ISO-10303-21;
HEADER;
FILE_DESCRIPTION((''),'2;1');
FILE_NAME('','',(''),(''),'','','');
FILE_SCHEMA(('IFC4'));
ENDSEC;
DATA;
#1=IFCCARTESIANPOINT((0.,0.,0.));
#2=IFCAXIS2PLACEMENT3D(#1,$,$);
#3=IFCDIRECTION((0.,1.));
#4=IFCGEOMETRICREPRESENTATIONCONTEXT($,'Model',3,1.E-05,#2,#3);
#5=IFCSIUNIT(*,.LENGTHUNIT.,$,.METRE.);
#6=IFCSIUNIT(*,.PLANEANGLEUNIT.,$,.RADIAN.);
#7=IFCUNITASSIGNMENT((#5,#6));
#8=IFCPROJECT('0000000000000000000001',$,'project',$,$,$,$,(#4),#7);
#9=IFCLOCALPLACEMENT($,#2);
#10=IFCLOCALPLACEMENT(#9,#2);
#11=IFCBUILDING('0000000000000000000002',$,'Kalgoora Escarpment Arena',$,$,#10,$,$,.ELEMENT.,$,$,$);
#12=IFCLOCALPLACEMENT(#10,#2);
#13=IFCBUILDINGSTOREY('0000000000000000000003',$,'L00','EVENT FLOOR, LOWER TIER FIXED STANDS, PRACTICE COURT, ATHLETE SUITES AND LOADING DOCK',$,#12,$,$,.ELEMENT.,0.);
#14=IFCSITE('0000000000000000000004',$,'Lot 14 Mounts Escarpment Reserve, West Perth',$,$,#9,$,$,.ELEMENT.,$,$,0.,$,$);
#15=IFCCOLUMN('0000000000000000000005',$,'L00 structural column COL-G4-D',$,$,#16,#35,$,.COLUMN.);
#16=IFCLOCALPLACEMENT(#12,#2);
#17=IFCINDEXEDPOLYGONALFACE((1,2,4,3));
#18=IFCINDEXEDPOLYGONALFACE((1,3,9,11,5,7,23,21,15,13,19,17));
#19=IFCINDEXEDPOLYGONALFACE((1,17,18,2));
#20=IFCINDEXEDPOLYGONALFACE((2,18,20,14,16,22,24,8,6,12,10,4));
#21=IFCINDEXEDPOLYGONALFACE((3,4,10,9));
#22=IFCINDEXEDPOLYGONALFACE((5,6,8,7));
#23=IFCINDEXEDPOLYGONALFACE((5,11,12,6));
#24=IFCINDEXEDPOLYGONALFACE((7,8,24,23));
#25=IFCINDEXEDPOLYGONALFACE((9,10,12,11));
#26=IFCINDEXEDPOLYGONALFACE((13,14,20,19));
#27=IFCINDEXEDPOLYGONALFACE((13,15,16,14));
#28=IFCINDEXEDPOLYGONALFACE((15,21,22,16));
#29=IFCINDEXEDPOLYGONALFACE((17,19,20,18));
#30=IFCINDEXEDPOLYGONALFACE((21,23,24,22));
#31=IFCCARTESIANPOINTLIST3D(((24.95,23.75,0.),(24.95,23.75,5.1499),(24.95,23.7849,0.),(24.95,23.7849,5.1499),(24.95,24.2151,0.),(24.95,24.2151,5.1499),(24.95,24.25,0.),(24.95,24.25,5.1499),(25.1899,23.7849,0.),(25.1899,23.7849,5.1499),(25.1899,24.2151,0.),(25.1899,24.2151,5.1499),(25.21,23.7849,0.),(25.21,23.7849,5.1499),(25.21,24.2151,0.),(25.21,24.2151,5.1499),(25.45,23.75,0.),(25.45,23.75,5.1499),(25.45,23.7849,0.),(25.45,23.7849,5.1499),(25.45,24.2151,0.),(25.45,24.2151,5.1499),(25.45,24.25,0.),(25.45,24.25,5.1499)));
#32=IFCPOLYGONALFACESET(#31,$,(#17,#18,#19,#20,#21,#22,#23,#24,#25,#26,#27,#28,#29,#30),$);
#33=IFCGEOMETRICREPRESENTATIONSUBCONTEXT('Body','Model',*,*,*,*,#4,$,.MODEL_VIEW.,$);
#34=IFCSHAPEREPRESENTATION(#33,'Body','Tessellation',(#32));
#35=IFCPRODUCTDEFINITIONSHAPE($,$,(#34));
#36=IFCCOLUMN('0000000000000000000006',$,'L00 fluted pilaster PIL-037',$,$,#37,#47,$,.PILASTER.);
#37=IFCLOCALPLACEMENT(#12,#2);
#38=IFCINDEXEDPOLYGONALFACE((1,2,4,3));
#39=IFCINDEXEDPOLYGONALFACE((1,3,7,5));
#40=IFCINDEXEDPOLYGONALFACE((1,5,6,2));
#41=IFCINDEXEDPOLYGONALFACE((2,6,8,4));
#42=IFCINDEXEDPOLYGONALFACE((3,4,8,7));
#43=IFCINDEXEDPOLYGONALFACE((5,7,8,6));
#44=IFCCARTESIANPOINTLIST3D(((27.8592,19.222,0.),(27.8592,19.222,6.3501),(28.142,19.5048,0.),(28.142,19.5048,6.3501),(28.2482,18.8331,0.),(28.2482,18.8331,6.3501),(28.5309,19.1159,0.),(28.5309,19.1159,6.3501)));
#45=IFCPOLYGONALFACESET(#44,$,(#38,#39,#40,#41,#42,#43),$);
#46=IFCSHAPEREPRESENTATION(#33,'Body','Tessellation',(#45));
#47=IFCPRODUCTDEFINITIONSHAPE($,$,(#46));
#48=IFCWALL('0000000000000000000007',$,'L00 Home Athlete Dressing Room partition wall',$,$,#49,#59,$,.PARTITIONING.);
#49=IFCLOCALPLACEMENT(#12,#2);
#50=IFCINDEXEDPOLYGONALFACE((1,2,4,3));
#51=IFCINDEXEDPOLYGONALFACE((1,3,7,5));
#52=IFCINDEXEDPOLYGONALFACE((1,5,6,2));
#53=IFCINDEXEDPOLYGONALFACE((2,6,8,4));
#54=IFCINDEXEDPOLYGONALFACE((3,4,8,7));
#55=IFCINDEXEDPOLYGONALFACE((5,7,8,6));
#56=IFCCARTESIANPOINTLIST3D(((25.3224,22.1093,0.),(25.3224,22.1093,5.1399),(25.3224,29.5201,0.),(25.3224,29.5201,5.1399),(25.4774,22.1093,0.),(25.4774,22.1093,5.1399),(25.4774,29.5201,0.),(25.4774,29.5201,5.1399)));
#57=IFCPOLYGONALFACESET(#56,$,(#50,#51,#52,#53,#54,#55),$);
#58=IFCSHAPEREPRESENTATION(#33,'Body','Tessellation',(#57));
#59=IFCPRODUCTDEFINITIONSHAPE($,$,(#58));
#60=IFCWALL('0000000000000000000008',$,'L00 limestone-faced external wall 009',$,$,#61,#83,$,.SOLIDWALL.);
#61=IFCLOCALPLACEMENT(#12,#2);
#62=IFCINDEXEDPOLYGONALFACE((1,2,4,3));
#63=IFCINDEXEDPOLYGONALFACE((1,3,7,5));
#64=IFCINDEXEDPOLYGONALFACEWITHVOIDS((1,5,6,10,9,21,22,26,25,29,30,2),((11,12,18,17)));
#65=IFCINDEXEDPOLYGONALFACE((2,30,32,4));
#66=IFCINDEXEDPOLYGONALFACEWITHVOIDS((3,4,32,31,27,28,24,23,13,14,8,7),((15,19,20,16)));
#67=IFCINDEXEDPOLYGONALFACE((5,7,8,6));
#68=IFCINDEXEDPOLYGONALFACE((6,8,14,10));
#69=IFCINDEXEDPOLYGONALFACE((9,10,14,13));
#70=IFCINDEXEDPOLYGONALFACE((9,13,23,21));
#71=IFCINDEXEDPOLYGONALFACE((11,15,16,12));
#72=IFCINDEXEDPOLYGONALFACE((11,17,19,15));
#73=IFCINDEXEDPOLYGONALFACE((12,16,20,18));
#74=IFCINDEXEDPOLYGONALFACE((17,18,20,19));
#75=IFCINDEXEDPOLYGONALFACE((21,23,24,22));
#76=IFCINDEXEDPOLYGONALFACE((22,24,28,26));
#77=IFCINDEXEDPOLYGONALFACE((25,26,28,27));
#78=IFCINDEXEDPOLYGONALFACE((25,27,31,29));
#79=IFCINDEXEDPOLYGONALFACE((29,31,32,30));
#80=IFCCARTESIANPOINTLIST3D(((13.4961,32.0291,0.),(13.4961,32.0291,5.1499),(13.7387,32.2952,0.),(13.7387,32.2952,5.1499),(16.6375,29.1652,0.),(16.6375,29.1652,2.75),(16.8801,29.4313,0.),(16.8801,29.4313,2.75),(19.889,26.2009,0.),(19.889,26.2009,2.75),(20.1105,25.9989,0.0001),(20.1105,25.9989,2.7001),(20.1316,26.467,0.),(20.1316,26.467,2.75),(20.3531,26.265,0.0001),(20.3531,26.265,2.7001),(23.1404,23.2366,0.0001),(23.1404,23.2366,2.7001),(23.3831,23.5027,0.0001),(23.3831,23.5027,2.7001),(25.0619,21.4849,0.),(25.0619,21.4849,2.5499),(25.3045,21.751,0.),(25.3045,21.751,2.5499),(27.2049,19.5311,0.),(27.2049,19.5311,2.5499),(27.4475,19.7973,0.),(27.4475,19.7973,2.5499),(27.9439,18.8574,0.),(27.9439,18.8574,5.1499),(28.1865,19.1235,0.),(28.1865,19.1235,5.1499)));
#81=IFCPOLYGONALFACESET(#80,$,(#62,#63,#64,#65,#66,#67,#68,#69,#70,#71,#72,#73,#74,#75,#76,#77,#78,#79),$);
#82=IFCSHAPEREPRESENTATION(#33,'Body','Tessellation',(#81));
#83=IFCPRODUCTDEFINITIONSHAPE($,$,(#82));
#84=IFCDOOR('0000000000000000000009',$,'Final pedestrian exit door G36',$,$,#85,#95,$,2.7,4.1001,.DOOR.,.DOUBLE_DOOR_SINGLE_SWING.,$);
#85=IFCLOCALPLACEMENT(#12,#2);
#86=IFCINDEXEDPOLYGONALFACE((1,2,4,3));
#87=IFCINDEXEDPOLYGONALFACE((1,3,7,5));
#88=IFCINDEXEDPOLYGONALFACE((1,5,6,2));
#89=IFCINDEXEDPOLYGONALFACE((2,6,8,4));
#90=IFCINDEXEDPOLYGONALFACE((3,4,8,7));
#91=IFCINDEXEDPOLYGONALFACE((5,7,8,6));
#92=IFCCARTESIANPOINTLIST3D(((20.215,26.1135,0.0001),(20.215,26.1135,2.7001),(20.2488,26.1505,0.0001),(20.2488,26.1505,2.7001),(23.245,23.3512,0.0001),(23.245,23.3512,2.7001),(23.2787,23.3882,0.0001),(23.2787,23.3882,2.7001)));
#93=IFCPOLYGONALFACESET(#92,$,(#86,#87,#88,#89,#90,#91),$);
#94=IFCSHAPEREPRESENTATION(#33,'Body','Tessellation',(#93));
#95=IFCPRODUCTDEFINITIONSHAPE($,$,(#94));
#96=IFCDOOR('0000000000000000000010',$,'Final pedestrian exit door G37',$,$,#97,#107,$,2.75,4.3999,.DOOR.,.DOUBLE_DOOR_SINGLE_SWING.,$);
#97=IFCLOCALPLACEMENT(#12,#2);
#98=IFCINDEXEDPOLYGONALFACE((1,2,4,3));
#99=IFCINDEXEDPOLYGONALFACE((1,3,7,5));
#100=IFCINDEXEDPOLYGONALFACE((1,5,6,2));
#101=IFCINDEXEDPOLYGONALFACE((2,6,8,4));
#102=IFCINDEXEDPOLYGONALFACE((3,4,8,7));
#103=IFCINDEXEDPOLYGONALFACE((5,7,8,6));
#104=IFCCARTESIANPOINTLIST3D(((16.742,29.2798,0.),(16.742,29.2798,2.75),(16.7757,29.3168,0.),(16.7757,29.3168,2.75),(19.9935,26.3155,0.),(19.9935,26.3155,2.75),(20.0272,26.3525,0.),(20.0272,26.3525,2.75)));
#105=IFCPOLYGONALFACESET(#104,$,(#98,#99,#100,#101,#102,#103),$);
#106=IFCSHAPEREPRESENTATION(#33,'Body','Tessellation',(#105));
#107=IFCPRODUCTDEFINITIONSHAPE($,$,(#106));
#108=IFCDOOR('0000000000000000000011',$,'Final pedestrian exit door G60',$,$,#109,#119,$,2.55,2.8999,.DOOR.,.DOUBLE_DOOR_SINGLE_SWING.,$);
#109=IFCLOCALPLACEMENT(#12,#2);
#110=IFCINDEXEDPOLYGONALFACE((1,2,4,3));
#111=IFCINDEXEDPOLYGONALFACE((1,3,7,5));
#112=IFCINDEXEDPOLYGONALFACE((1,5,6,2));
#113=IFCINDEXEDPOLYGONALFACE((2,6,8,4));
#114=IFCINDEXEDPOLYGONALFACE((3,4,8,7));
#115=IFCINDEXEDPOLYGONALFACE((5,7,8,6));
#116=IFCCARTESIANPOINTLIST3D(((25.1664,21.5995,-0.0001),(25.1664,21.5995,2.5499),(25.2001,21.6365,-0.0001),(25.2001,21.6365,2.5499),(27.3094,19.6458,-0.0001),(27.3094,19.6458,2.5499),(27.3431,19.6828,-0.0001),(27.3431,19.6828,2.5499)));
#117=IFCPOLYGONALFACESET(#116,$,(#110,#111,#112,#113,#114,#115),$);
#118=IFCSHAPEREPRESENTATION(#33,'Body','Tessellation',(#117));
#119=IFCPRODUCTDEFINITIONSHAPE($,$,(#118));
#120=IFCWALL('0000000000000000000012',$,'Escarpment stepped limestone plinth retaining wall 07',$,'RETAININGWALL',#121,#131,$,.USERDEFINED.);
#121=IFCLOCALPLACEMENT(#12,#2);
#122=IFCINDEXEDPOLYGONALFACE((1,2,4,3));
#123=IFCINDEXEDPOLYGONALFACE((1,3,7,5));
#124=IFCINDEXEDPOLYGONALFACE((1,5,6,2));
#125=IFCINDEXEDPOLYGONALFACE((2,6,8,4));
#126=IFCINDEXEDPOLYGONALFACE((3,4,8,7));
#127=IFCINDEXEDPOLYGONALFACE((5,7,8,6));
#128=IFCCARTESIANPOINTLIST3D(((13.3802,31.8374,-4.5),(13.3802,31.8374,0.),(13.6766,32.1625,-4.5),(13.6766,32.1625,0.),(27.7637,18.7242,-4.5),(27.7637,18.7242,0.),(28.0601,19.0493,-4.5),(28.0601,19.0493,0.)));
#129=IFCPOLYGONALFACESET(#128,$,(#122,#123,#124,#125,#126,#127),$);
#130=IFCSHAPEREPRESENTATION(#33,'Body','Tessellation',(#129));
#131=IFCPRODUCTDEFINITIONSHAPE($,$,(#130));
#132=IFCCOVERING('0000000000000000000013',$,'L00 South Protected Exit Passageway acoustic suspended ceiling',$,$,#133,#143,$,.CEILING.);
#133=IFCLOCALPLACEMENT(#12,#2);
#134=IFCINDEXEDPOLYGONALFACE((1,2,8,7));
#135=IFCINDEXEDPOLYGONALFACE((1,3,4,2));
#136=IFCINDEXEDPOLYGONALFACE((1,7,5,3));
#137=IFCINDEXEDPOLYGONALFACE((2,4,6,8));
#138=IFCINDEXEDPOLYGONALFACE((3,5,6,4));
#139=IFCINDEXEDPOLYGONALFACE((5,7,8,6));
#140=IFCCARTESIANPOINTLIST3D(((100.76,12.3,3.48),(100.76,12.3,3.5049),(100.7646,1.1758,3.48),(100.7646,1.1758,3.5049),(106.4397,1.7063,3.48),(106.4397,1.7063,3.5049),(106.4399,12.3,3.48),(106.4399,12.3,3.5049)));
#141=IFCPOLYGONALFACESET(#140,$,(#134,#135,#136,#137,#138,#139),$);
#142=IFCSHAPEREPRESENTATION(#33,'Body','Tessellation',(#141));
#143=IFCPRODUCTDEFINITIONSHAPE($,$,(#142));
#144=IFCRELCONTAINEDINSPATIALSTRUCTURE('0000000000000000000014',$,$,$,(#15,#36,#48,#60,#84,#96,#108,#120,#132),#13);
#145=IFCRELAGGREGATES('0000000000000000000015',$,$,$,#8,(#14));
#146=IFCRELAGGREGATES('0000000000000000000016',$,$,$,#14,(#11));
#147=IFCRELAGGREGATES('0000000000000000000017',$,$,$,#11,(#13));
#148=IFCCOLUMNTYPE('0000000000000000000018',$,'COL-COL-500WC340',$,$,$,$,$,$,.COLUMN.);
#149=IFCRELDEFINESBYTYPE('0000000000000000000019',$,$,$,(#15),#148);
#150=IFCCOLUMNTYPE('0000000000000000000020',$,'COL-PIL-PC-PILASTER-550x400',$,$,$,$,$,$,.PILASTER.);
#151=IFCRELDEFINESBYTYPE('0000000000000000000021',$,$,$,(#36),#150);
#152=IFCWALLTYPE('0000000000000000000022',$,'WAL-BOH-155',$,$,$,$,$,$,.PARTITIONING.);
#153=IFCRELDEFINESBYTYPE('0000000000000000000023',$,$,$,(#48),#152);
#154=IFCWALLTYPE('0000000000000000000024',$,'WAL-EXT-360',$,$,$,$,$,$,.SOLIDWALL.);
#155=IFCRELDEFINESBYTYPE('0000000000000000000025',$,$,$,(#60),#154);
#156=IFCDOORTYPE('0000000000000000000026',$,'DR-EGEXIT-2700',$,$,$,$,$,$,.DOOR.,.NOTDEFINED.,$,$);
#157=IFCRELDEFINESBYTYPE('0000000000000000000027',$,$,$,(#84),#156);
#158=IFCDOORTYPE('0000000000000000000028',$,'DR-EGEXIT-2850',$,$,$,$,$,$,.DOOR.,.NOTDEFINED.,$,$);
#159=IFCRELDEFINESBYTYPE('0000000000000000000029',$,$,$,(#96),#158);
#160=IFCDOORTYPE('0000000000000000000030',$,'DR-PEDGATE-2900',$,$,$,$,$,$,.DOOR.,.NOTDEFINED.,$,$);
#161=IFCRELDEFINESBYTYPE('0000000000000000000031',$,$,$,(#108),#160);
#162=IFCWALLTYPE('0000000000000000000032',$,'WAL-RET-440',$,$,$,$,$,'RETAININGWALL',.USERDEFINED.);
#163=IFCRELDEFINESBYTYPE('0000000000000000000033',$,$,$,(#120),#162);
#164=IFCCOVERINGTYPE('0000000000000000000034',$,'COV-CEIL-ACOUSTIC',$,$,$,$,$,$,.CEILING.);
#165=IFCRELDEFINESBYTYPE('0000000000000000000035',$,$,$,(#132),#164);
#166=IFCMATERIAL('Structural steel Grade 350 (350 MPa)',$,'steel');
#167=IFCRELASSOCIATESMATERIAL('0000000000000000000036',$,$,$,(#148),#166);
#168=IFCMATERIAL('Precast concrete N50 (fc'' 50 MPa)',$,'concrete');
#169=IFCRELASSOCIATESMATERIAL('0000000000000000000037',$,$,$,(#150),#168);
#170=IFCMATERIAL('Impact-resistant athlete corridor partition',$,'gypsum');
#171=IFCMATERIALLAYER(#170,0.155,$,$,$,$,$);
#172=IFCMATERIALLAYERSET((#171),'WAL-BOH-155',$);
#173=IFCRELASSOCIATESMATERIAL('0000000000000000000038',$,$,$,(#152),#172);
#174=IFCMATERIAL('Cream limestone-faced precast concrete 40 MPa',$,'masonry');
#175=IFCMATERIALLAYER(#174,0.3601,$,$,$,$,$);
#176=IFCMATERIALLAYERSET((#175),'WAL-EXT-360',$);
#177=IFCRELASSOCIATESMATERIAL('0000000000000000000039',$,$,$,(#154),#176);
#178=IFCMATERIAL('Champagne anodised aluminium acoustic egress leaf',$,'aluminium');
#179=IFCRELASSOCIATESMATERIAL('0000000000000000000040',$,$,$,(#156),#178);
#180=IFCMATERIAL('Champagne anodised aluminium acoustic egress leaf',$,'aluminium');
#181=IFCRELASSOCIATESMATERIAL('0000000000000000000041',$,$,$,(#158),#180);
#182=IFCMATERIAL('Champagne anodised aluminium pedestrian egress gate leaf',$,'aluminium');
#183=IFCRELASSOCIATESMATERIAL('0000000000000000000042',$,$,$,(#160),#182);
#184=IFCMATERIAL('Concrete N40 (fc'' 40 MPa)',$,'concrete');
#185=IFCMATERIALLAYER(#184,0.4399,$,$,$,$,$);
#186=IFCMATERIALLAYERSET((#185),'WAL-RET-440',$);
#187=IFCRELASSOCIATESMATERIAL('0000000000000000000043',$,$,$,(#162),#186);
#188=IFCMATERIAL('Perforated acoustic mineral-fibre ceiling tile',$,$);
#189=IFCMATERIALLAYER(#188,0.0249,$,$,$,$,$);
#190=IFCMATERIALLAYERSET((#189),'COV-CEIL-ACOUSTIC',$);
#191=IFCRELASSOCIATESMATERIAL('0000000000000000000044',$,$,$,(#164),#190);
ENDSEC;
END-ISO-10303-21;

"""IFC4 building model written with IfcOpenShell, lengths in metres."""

from ifc_helpers import new_model, si_unit, direction, frame, frame_2d, origin, origin_2d, place, context, subcontext, project, spatial, polyline, rectangle, i_section, outline, extrude, material, layer, layer_set, material_profile, profile_set, type_object, element, fill, save


model = new_model("IFC4")

# Units and contexts
model_context = context("Model", 3, precision=1e-05, world=origin(), true_north=direction((0.0, 1.0)))
body_context = subcontext(model_context, "Body", "Model", "MODEL_VIEW")
ifc_project = project(units=[si_unit("LENGTHUNIT", "METRE"), si_unit("PLANEANGLEUNIT", "RADIAN")], contexts=[model_context])

# Site, building, storey
site_placement = place(None, origin())
site = spatial("IfcSite", under=ifc_project, at=site_placement, Name="Lot 14 Mounts Escarpment Reserve, West Perth", CompositionType="ELEMENT", RefElevation=0.0)
building_placement = place(site_placement, origin())
building = spatial("IfcBuilding", under=site, at=building_placement, Name="Kalgoora Escarpment Arena", CompositionType="ELEMENT")
storey_placement = place(building_placement, origin())
storey = spatial("IfcBuildingStorey", under=building, at=storey_placement, Name="L00", Description="EVENT FLOOR, LOWER TIER FIXED STANDS, PRACTICE COURT, ATHLETE SUITES AND LOADING DOCK", CompositionType="ELEMENT", Elevation=0.0)

# Columns
ifc_material_1 = material(Name="Structural steel Grade 350 (350 MPa)", Category="steel")
ifc_material_profile_1 = material_profile(ifc_material_1, i_section(OverallWidth=0.5, OverallDepth=0.5, WebThickness=0.02, FlangeThickness=0.0349, at=origin_2d()))
ifc_profile_set_1 = profile_set([ifc_material_profile_1], Name="Structural steel Grade 350 (350 MPa)")
column_type_1 = type_object("IfcColumnType", Name="COL-COL-500WC340", PredefinedType="COLUMN", material=ifc_profile_set_1)
column_1_placement = place(storey_placement, frame((25.2, 24.0, 0.0), z_axis=(0.0, 0.0, 1.0), x_axis=(1.0, 0.0, 0.0)))
element("IfcColumn", 1, at=column_1_placement, inside=storey, type_object=column_type_1, Name="L00 structural column COL-G4-D", PredefinedType="COLUMN", context=body_context, shape_type="SweptSolid", body=[
    extrude(i_section(OverallWidth=0.5, OverallDepth=0.5, WebThickness=0.02, FlangeThickness=0.0349, at=origin_2d()), origin(), (0.0, 0.0, 1.0), 5.1499),
])
ifc_material_2 = material(Name="Precast concrete N50 (fc' 50 MPa)", Category="concrete")
ifc_material_profile_2 = material_profile(ifc_material_2, rectangle(XDim=0.3999, YDim=0.55, at=origin_2d()))
ifc_profile_set_2 = profile_set([ifc_material_profile_2], Name="Precast concrete N50 (fc' 50 MPa)")
column_type_2 = type_object("IfcColumnType", Name="COL-PIL-PC-PILASTER-550x400", PredefinedType="PILASTER", material=ifc_profile_set_2)
column_2_placement = place(storey_placement, frame((28.1951, 19.1689, 0.0), z_axis=(0.0, 0.0, 1.0), x_axis=(-0.707107, -0.707107, 0.0)))
element("IfcColumn", 2, at=column_2_placement, inside=storey, type_object=column_type_2, Name="L00 fluted pilaster PIL-037", PredefinedType="PILASTER", context=body_context, shape_type="SweptSolid", body=[
    extrude(rectangle(XDim=0.3999, YDim=0.55, at=origin_2d()), origin(), (0.0, 0.0, 1.0), 6.3501),
])

# Wall
ifc_material_3 = material(Name="Impact-resistant athlete corridor partition", Category="gypsum")
ifc_layer_1 = layer(ifc_material_3, 0.155)
ifc_layer_set_1 = layer_set([ifc_layer_1], Name="WAL-BOH-155")
wall_type_1 = type_object("IfcWallType", Name="WAL-BOH-155", PredefinedType="PARTITIONING", material=ifc_layer_set_1)
wall_1_placement = place(storey_placement, frame((25.3999, 22.1091, 0.0), z_axis=(0.0, 0.0, 1.0), x_axis=(0.0, 1.0, 0.0)))
element("IfcWall", 3, at=wall_1_placement, inside=storey, type_object=wall_type_1, Name="L00 Home Athlete Dressing Room partition wall", PredefinedType="PARTITIONING", context=body_context, shape_type="SweptSolid", body=[
    extrude(rectangle(XDim=7.4109, YDim=0.155, at=frame_2d((3.7056, 0.0))), origin(), (0.0, 0.0, 1.0), 5.1399),
])

# Wall, openings, doors
ifc_material_4 = material(Name="Cream limestone-faced precast concrete 40 MPa", Category="masonry")
ifc_layer_2 = layer(ifc_material_4, 0.3601)
ifc_layer_set_2 = layer_set([ifc_layer_2], Name="WAL-EXT-360")
wall_type_2 = type_object("IfcWallType", Name="WAL-EXT-360", PredefinedType="SOLIDWALL", material=ifc_layer_set_2)
wall_2_placement = place(storey_placement, frame((28.0652, 18.9905, 0.0), z_axis=(0.0, 0.0, 1.0), x_axis=(-0.738989, 0.673717, 0.0)))
wall_2 = element("IfcWall", 4, at=wall_2_placement, inside=storey, type_object=wall_type_2, Name="L00 limestone-faced external wall 009", PredefinedType="SOLIDWALL", context=body_context, shape_type="SweptSolid", body=[
    extrude(rectangle(XDim=19.5508, YDim=0.3601, at=frame_2d((9.7754, 0.0))), origin(), (0.0, 0.0, 1.0), 5.1499),
])
opening_1_placement = place(wall_2_placement, frame((6.5, 0.0, 0.0)))
opening_1 = element("IfcOpeningElement", 5, at=opening_1_placement, cuts=wall_2, PredefinedType="OPENING", context=body_context, shape_type="SweptSolid", body=[
    extrude(rectangle(XDim=4.1001, YDim=2.7, at=frame_2d((2.05, 1.3501))), frame((0.0, 0.1899, 0.0), z_axis=(0.0, -1.0, 0.0), x_axis=(1.0, 0.0, 0.0)), (0.0, 0.0, 1.0), 0.3801),
])
opening_2_placement = place(wall_2_placement, frame((10.8999, 0.0, 0.0)))
opening_2 = element("IfcOpeningElement", 6, at=opening_2_placement, cuts=wall_2, PredefinedType="OPENING", context=body_context, shape_type="SweptSolid", body=[
    extrude(rectangle(XDim=4.3999, YDim=2.75, at=frame_2d((2.2, 1.375))), frame((0.0, 0.1899, 0.0), z_axis=(0.0, -1.0, 0.0), x_axis=(1.0, 0.0, 0.0)), (0.0, 0.0, 1.0), 0.3801),
])
opening_3_placement = place(wall_2_placement, frame((1.0, 0.0, 0.0)))
opening_3 = element("IfcOpeningElement", 7, at=opening_3_placement, cuts=wall_2, PredefinedType="OPENING", context=body_context, shape_type="SweptSolid", body=[
    extrude(rectangle(XDim=2.8999, YDim=2.55, at=frame_2d((1.45, 1.2749))), frame((0.0, 0.1899, 0.0), z_axis=(0.0, -1.0, 0.0), x_axis=(1.0, 0.0, 0.0)), (0.0, 0.0, 1.0), 0.3801),
])
ifc_material_5 = material(Name="Champagne anodised aluminium acoustic egress leaf", Category="aluminium")
door_type_1 = type_object("IfcDoorType", Name="DR-EGEXIT-2700", OperationType="NOTDEFINED", PredefinedType="DOOR", material=ifc_material_5)
door_1_placement = place(opening_1_placement, origin())
door_1 = element("IfcDoor", 8, at=door_1_placement, inside=storey, type_object=door_type_1, Name="Final pedestrian exit door G36", OperationType="DOUBLE_DOOR_SINGLE_SWING", OverallHeight=2.7, OverallWidth=4.1001, PredefinedType="DOOR", context=body_context, shape_type="SweptSolid", body=[
    extrude(rectangle(XDim=4.1001, YDim=2.7, at=frame_2d((2.05, 1.3501))), frame((0.0, 0.0249, 0.0), z_axis=(0.0, -1.0, 0.0), x_axis=(1.0, 0.0, 0.0)), (0.0, 0.0, 1.0), 0.05),
])
fill(opening_1, door_1)
ifc_material_6 = material(Name="Champagne anodised aluminium acoustic egress leaf", Category="aluminium")
door_type_2 = type_object("IfcDoorType", Name="DR-EGEXIT-2850", OperationType="NOTDEFINED", PredefinedType="DOOR", material=ifc_material_6)
door_2_placement = place(opening_2_placement, origin())
door_2 = element("IfcDoor", 9, at=door_2_placement, inside=storey, type_object=door_type_2, Name="Final pedestrian exit door G37", OperationType="DOUBLE_DOOR_SINGLE_SWING", OverallHeight=2.75, OverallWidth=4.3999, PredefinedType="DOOR", context=body_context, shape_type="SweptSolid", body=[
    extrude(rectangle(XDim=4.3999, YDim=2.75, at=frame_2d((2.2, 1.375))), frame((0.0, 0.0249, 0.0), z_axis=(0.0, -1.0, 0.0), x_axis=(1.0, 0.0, 0.0)), (0.0, 0.0, 1.0), 0.05),
])
fill(opening_2, door_2)
ifc_material_7 = material(Name="Champagne anodised aluminium pedestrian egress gate leaf", Category="aluminium")
door_type_3 = type_object("IfcDoorType", Name="DR-PEDGATE-2900", OperationType="NOTDEFINED", PredefinedType="DOOR", material=ifc_material_7)
door_3_placement = place(opening_3_placement, origin())
door_3 = element("IfcDoor", 10, at=door_3_placement, inside=storey, type_object=door_type_3, Name="Final pedestrian exit door G60", OperationType="DOUBLE_DOOR_SINGLE_SWING", OverallHeight=2.55, OverallWidth=2.8999, PredefinedType="DOOR", context=body_context, shape_type="SweptSolid", body=[
    extrude(rectangle(XDim=2.8999, YDim=2.55, at=frame_2d((1.45, 1.2749))), frame((0.0, 0.0249, 0.0), z_axis=(0.0, -1.0, 0.0), x_axis=(1.0, 0.0, 0.0)), (0.0, 0.0, 1.0), 0.05),
])
fill(opening_3, door_3)

# Wall
ifc_material_8 = material(Name="Concrete N40 (fc' 40 MPa)", Category="concrete")
ifc_layer_3 = layer(ifc_material_8, 0.4399)
ifc_layer_set_3 = layer_set([ifc_layer_3], Name="WAL-RET-440")
wall_type_3 = type_object("IfcWallType", Name="WAL-RET-440", ElementType="RETAININGWALL", PredefinedType="USERDEFINED", material=ifc_layer_set_3)
wall_3_placement = place(storey_placement, frame((27.9119, 18.8867, -4.5), z_axis=(0.0, 0.0, 1.0), x_axis=(-0.738985, 0.673722, 0.0)))
element("IfcWall", 11, at=wall_3_placement, inside=storey, type_object=wall_type_3, Name="Escarpment stepped limestone plinth retaining wall 07", ObjectType="RETAININGWALL", PredefinedType="USERDEFINED", context=body_context, shape_type="SweptSolid", body=[
    extrude(rectangle(XDim=19.4639, YDim=0.4399, at=frame_2d((9.7319, 0.0))), origin(), (0.0, 0.0, 1.0), 4.5),
])

# Covering
ifc_material_9 = material(Name="Perforated acoustic mineral-fibre ceiling tile")
ifc_layer_4 = layer(ifc_material_9, 0.0249)
ifc_layer_set_4 = layer_set([ifc_layer_4], Name="COV-CEIL-ACOUSTIC")
covering_type_1 = type_object("IfcCoveringType", Name="COV-CEIL-ACOUSTIC", PredefinedType="CEILING", material=ifc_layer_set_4)
covering_1_placement = place(storey_placement, frame((0.0, 0.0, 3.48)))
element("IfcCovering", 12, at=covering_1_placement, inside=storey, type_object=covering_type_1, Name="L00 South Protected Exit Passageway acoustic suspended ceiling", PredefinedType="CEILING", context=body_context, shape_type="SweptSolid", body=[
    extrude(outline(polyline([(106.4397, 1.7063), (100.7646, 1.1758), (100.76, 12.3), (106.4399, 12.3), (106.4397, 1.7063)])), origin(), (0.0, 0.0, 1.0), 0.0249),
])

save(model, "model.ifc")
